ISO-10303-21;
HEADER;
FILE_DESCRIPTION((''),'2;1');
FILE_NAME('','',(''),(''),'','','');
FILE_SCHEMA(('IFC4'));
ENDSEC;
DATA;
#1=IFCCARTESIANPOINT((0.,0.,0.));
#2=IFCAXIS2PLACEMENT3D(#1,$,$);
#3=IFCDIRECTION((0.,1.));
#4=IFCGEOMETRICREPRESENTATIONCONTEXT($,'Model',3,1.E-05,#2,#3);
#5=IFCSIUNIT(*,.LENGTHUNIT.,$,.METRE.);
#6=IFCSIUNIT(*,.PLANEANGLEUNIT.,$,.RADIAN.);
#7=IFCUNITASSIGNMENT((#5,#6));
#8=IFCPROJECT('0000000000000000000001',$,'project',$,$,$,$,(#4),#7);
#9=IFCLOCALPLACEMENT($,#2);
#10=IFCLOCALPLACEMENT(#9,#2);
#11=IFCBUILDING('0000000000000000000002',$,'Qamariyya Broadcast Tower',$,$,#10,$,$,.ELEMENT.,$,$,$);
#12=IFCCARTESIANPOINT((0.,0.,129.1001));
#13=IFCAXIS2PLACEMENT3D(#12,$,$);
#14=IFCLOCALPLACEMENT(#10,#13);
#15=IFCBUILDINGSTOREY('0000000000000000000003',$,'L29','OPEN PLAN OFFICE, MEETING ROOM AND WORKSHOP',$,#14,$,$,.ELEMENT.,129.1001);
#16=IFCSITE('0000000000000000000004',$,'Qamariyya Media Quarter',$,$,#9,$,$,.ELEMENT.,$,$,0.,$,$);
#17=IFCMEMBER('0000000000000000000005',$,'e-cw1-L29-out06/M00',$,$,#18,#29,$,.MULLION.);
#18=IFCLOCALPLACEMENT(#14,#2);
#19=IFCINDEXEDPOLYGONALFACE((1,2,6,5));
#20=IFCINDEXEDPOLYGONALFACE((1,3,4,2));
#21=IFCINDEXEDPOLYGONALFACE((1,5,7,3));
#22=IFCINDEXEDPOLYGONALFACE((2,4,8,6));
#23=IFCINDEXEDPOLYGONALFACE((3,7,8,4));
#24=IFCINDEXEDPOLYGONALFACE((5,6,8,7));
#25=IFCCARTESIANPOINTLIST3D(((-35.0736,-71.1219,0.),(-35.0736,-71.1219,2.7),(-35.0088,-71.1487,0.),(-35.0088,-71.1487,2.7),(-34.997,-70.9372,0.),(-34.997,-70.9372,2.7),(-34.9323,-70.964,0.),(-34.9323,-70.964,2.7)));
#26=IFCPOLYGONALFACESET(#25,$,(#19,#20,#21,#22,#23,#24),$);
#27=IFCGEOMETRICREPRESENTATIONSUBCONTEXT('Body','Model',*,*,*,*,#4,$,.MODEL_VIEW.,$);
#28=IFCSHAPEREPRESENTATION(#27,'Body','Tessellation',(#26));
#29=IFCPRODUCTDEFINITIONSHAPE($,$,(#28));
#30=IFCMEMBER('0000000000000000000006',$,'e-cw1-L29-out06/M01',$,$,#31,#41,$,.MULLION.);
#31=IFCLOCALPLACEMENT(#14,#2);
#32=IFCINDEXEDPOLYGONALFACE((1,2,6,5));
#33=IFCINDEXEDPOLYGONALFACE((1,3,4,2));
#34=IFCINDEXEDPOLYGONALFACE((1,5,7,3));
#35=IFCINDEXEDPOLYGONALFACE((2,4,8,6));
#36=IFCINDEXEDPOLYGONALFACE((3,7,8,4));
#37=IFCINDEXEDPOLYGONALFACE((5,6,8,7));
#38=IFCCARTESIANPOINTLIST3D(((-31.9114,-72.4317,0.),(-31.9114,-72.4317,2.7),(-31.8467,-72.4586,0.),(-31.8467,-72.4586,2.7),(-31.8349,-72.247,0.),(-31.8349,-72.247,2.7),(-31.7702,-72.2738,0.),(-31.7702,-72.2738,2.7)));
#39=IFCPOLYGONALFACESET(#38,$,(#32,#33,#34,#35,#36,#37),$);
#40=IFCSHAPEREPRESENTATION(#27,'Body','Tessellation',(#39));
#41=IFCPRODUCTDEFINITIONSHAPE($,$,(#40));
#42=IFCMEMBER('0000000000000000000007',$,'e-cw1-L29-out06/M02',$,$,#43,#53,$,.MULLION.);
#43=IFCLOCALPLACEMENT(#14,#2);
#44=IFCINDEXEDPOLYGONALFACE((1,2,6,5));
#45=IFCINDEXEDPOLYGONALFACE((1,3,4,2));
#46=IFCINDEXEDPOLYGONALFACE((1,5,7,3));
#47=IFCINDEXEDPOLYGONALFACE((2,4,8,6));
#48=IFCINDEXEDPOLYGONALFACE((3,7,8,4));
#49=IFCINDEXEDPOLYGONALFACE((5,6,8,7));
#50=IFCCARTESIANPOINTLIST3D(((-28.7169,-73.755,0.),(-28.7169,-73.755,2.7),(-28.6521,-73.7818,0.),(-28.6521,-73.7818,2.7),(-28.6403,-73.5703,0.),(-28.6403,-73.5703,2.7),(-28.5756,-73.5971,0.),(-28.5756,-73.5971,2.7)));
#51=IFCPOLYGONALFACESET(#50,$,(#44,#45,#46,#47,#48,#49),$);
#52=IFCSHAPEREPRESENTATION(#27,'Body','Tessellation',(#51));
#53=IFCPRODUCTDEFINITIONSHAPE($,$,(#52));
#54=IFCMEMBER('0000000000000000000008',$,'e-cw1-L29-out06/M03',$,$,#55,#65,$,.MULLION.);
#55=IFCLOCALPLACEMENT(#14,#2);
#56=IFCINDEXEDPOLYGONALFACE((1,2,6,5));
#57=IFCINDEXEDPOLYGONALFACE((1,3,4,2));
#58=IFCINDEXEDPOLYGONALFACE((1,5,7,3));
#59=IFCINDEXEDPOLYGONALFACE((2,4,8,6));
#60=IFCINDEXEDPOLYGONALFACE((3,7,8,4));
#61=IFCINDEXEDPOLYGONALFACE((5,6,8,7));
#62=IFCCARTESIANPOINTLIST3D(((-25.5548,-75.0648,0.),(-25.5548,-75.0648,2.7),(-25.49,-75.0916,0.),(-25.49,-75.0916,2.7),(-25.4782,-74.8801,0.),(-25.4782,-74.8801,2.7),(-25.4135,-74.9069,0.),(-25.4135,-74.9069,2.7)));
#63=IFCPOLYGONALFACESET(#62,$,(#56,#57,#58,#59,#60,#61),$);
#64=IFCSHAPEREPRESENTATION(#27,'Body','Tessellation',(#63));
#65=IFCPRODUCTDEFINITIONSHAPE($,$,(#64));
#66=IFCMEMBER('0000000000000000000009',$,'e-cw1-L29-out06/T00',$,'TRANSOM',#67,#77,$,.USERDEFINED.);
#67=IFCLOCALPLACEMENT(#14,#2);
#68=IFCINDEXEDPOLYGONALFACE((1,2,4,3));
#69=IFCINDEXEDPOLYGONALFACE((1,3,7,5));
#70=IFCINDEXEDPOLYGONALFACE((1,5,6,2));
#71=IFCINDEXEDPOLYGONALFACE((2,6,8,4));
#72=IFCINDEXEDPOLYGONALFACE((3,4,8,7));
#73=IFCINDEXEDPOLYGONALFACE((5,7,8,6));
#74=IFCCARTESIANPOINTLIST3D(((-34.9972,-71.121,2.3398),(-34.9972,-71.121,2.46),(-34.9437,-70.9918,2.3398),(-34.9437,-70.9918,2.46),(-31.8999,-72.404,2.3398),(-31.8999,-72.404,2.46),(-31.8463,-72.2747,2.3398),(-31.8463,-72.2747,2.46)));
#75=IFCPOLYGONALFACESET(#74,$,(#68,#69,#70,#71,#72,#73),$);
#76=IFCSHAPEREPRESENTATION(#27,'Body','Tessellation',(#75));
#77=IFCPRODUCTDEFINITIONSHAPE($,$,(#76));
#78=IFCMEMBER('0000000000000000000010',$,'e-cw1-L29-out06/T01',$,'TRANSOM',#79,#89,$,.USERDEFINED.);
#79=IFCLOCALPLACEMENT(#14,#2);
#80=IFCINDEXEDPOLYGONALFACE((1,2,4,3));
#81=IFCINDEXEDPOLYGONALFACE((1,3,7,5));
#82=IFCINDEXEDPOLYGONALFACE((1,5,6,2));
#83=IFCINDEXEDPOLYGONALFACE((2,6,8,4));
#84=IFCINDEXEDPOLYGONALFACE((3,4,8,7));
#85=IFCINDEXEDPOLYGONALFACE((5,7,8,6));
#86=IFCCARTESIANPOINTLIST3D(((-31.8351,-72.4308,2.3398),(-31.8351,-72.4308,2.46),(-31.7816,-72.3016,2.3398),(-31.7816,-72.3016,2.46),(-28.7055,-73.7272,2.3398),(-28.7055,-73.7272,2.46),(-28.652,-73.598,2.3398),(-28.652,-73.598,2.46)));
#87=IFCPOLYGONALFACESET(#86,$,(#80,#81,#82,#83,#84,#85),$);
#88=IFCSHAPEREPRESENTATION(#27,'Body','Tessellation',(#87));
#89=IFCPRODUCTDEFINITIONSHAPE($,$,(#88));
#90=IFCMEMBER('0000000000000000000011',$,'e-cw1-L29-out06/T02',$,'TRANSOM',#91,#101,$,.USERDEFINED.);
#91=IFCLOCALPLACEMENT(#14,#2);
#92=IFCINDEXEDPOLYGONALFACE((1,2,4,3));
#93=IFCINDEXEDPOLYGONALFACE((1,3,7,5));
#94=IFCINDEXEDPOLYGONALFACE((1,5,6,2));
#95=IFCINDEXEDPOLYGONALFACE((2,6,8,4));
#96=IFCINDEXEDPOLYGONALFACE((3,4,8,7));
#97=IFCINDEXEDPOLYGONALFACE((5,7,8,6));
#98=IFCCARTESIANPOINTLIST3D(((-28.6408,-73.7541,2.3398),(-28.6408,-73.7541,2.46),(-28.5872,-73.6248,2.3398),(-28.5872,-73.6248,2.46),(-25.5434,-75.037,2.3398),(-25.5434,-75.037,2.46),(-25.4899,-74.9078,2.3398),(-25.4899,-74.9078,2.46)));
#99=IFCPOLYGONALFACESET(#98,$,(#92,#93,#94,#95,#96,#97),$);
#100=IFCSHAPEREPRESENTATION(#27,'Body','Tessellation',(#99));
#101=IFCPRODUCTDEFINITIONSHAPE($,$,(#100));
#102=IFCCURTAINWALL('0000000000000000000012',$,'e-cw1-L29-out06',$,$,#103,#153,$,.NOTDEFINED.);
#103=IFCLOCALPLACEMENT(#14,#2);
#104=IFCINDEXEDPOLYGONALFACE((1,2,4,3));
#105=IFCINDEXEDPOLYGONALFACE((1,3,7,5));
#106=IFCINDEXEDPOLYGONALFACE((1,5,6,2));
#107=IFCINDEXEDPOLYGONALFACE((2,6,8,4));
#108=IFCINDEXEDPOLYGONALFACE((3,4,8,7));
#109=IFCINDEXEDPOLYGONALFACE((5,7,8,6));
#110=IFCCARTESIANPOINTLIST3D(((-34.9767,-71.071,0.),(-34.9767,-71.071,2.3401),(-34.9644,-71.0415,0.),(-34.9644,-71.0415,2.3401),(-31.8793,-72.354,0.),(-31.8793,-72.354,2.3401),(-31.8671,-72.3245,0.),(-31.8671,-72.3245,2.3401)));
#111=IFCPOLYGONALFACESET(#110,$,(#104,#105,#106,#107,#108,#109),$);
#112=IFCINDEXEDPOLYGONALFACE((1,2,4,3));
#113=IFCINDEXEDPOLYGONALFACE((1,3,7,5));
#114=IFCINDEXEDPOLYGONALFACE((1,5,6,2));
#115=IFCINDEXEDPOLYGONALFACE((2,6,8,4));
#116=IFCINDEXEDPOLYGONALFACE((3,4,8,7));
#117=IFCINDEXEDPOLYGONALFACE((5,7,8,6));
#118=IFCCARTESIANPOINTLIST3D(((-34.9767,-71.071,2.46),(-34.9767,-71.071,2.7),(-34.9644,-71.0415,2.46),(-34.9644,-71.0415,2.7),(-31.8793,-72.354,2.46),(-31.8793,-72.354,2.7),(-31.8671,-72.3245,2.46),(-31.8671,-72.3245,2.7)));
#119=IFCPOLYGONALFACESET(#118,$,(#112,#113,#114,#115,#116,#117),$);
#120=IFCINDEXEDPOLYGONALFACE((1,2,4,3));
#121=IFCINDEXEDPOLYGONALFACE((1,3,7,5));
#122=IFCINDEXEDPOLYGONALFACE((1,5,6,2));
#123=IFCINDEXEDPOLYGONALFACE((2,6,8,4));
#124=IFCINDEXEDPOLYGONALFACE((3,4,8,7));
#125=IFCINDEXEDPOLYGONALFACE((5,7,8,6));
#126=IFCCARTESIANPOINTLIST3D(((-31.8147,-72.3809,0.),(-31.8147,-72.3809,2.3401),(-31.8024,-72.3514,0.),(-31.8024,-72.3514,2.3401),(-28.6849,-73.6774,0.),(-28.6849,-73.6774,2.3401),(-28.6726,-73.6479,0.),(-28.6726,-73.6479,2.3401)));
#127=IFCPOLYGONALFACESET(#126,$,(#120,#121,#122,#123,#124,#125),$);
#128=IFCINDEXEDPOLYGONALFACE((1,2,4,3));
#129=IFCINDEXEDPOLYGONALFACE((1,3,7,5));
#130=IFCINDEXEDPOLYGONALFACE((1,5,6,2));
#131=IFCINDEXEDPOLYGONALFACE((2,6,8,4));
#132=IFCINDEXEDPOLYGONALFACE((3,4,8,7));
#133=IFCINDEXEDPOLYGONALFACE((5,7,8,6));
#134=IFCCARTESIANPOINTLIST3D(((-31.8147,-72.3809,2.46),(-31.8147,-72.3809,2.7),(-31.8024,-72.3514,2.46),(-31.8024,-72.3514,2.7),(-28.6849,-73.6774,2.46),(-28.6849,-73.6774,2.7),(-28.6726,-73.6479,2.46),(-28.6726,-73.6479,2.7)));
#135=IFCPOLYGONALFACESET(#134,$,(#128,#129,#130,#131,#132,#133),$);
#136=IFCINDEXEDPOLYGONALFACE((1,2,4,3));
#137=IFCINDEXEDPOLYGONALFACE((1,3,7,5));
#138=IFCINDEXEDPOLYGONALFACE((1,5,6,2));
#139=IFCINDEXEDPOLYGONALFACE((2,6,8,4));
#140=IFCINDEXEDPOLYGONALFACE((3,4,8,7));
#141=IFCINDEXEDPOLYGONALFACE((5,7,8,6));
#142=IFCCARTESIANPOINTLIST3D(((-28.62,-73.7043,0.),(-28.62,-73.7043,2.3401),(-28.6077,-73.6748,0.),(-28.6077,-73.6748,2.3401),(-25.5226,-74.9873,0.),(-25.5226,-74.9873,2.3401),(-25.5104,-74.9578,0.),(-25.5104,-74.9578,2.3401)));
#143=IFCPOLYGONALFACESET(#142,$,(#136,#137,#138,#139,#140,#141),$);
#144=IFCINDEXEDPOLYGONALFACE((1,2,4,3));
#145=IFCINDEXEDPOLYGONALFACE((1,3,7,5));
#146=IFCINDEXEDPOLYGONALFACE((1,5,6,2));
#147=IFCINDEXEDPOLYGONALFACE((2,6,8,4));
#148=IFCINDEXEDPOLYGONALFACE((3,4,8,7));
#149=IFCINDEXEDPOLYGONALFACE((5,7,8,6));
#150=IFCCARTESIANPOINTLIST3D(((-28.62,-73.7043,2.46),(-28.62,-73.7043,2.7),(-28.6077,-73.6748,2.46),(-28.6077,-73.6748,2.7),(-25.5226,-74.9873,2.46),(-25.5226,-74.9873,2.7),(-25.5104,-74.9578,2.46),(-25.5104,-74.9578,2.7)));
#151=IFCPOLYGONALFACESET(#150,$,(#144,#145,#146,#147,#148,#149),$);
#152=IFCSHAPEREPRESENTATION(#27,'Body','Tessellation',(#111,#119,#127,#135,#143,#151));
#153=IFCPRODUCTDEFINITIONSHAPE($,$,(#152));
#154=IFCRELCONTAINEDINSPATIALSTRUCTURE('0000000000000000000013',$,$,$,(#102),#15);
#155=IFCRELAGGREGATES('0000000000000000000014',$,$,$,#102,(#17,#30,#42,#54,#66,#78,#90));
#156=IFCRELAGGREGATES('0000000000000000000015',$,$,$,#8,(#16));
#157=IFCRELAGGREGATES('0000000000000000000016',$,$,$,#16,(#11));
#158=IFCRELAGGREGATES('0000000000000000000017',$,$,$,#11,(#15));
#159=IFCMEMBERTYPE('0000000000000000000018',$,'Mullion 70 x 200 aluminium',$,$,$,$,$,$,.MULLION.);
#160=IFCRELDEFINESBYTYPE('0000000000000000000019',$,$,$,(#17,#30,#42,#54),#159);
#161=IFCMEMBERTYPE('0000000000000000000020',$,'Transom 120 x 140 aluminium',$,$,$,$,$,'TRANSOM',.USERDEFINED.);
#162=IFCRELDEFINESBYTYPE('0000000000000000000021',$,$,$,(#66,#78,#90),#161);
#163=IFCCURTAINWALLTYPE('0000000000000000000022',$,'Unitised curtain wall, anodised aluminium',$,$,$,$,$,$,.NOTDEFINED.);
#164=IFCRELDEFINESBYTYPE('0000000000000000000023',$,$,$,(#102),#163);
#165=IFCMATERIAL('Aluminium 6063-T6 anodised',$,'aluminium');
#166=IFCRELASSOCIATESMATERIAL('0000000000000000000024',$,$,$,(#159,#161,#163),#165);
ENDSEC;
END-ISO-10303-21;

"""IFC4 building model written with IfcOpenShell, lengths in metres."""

from ifc_helpers import new_model, si_unit, direction, frame, origin, origin_2d, place, context, subcontext, project, spatial, rectangle, extrude, material, material_profile, profile_set, type_object, element, aggregate, save


model = new_model("IFC4")

# Units and contexts
model_context = context("Model", 3, precision=1e-05, world=origin(), true_north=direction((0.0, 1.0)))
body_context = subcontext(model_context, "Body", "Model", "MODEL_VIEW")
ifc_project = project(units=[si_unit("LENGTHUNIT", "METRE"), si_unit("PLANEANGLEUNIT", "RADIAN")], contexts=[model_context])

# Members
ifc_material = material(Name="Aluminium 6063-T6 anodised", Category="aluminium")
ifc_material_profile_1 = material_profile(ifc_material, rectangle(XDim=0.2, YDim=0.0701, at=origin_2d()))
ifc_profile_set_1 = profile_set([ifc_material_profile_1], Name="Aluminium 6063-T6 anodised")
member_type_1 = type_object("IfcMemberType", Name="Mullion 70 x 200 aluminium", PredefinedType="MULLION", material=ifc_profile_set_1)
site_placement = place(None, origin())
building_placement = place(site_placement, origin())
storey_placement = place(building_placement, frame((0.0, 0.0, 129.1001)))
member_1_placement = place(storey_placement, frame((-35.0029, -71.043, 0.0), z_axis=(0.0, 0.0, 1.0), x_axis=(0.382683, 0.92388, 0.0)))
member_1 = element("IfcMember", 1, at=member_1_placement, type_object=member_type_1, Name="e-cw1-L29-out06/M00", PredefinedType="MULLION", context=body_context, shape_type="SweptSolid", body=[
    extrude(rectangle(XDim=0.2, YDim=0.0701, at=origin_2d()), origin(), (0.0, 0.0, 1.0), 2.7),
])
member_2_placement = place(storey_placement, frame((-31.8408, -72.3528, 0.0), z_axis=(0.0, 0.0, 1.0), x_axis=(0.382683, 0.92388, 0.0)))
member_2 = element("IfcMember", 2, at=member_2_placement, type_object=member_type_1, Name="e-cw1-L29-out06/M01", PredefinedType="MULLION", context=body_context, shape_type="SweptSolid", body=[
    extrude(rectangle(XDim=0.2, YDim=0.0701, at=origin_2d()), origin(), (0.0, 0.0, 1.0), 2.7),
])
member_3_placement = place(storey_placement, frame((-28.6462, -73.676, 0.0), z_axis=(0.0, 0.0, 1.0), x_axis=(0.382683, 0.92388, 0.0)))
member_3 = element("IfcMember", 3, at=member_3_placement, type_object=member_type_1, Name="e-cw1-L29-out06/M02", PredefinedType="MULLION", context=body_context, shape_type="SweptSolid", body=[
    extrude(rectangle(XDim=0.2, YDim=0.0701, at=origin_2d()), origin(), (0.0, 0.0, 1.0), 2.7),
])
member_4_placement = place(storey_placement, frame((-25.4841, -74.9858, 0.0), z_axis=(0.0, 0.0, 1.0), x_axis=(0.382683, 0.92388, 0.0)))
member_4 = element("IfcMember", 4, at=member_4_placement, type_object=member_type_1, Name="e-cw1-L29-out06/M03", PredefinedType="MULLION", context=body_context, shape_type="SweptSolid", body=[
    extrude(rectangle(XDim=0.2, YDim=0.0701, at=origin_2d()), origin(), (0.0, 0.0, 1.0), 2.7),
])
ifc_material_profile_2 = material_profile(ifc_material, rectangle(XDim=0.1399, YDim=0.1201, at=origin_2d()))
ifc_profile_set_2 = profile_set([ifc_material_profile_2], Name="Aluminium 6063-T6 anodised")
member_type_2 = type_object("IfcMemberType", Name="Transom 120 x 140 aluminium", ElementType="TRANSOM", PredefinedType="USERDEFINED", material=ifc_profile_set_2)
member_5_placement = place(storey_placement, frame((-34.9705, -71.0564, 2.3999), z_axis=(0.923883, -0.382676, 0.0), x_axis=(0.382676, 0.923883, 0.0)))
member_5 = element("IfcMember", 5, at=member_5_placement, type_object=member_type_2, Name="e-cw1-L29-out06/T00", ObjectType="TRANSOM", PredefinedType="USERDEFINED", context=body_context, shape_type="SweptSolid", body=[
    extrude(rectangle(XDim=0.1399, YDim=0.1201, at=origin_2d()), origin(), (0.0, 0.0, 1.0), 3.3525),
])
member_6_placement = place(storey_placement, frame((-31.8083, -72.3662, 2.3999), z_axis=(0.923875, -0.382696, 0.0), x_axis=(0.382696, 0.923875, 0.0)))
member_6 = element("IfcMember", 6, at=member_6_placement, type_object=member_type_2, Name="e-cw1-L29-out06/T01", ObjectType="TRANSOM", PredefinedType="USERDEFINED", context=body_context, shape_type="SweptSolid", body=[
    extrude(rectangle(XDim=0.1399, YDim=0.1201, at=origin_2d()), origin(), (0.0, 0.0, 1.0), 3.3875),
])
member_7_placement = place(storey_placement, frame((-28.614, -73.6895, 2.3999), z_axis=(0.923883, -0.382676, 0.0), x_axis=(0.382676, 0.923883, 0.0)))
member_7 = element("IfcMember", 7, at=member_7_placement, type_object=member_type_2, Name="e-cw1-L29-out06/T02", ObjectType="TRANSOM", PredefinedType="USERDEFINED", context=body_context, shape_type="SweptSolid", body=[
    extrude(rectangle(XDim=0.1399, YDim=0.1201, at=origin_2d()), origin(), (0.0, 0.0, 1.0), 3.3525),
])

# Site, building, storey
site = spatial("IfcSite", under=ifc_project, at=site_placement, Name="Qamariyya Media Quarter", CompositionType="ELEMENT", RefElevation=0.0)
building = spatial("IfcBuilding", under=site, at=building_placement, Name="Qamariyya Broadcast Tower", CompositionType="ELEMENT")
storey = spatial("IfcBuildingStorey", under=building, at=storey_placement, Name="L29", Description="OPEN PLAN OFFICE, MEETING ROOM AND WORKSHOP", CompositionType="ELEMENT", Elevation=129.1001)

# Curtain wall
curtain_wall_type = type_object("IfcCurtainWallType", Name="Unitised curtain wall, anodised aluminium", PredefinedType="NOTDEFINED", material=ifc_material)
curtain_wall_1_placement = place(storey_placement, origin())
curtain_wall_1 = element("IfcCurtainWall", 8, at=curtain_wall_1_placement, inside=storey, type_object=curtain_wall_type, Name="e-cw1-L29-out06", PredefinedType="NOTDEFINED", context=body_context, shape_type="SweptSolid", body=[
    extrude(rectangle(XDim=3.3525, YDim=0.032, at=origin_2d()), frame((-33.4219, -71.6978, 0.0), x_axis=(0.923872, -0.382701, 0.0)), (0.0, 0.0, 1.0), 2.3401),
    extrude(rectangle(XDim=3.3525, YDim=0.032, at=origin_2d()), frame((-33.4219, -71.6978, 2.46), x_axis=(0.923872, -0.382701, 0.0)), (0.0, 0.0, 1.0), 0.24),
    extrude(rectangle(XDim=3.3877, YDim=0.032, at=origin_2d()), frame((-30.2437, -73.0144, 0.0), x_axis=(0.923872, -0.382701, 0.0)), (0.0, 0.0, 1.0), 2.3401),
    extrude(rectangle(XDim=3.3877, YDim=0.032, at=origin_2d()), frame((-30.2437, -73.0144, 2.46), x_axis=(0.923872, -0.382701, 0.0)), (0.0, 0.0, 1.0), 0.24),
    extrude(rectangle(XDim=3.3525, YDim=0.032, at=origin_2d()), frame((-27.0652, -74.3311, 0.0), x_axis=(0.923872, -0.382701, 0.0)), (0.0, 0.0, 1.0), 2.3401),
    extrude(rectangle(XDim=3.3525, YDim=0.032, at=origin_2d()), frame((-27.0652, -74.3311, 2.46), x_axis=(0.923872, -0.382701, 0.0)), (0.0, 0.0, 1.0), 0.24),
])
aggregate(curtain_wall_1, [member_1, member_2, member_3, member_4, member_5, member_6, member_7])

save(model, "model.ifc")
